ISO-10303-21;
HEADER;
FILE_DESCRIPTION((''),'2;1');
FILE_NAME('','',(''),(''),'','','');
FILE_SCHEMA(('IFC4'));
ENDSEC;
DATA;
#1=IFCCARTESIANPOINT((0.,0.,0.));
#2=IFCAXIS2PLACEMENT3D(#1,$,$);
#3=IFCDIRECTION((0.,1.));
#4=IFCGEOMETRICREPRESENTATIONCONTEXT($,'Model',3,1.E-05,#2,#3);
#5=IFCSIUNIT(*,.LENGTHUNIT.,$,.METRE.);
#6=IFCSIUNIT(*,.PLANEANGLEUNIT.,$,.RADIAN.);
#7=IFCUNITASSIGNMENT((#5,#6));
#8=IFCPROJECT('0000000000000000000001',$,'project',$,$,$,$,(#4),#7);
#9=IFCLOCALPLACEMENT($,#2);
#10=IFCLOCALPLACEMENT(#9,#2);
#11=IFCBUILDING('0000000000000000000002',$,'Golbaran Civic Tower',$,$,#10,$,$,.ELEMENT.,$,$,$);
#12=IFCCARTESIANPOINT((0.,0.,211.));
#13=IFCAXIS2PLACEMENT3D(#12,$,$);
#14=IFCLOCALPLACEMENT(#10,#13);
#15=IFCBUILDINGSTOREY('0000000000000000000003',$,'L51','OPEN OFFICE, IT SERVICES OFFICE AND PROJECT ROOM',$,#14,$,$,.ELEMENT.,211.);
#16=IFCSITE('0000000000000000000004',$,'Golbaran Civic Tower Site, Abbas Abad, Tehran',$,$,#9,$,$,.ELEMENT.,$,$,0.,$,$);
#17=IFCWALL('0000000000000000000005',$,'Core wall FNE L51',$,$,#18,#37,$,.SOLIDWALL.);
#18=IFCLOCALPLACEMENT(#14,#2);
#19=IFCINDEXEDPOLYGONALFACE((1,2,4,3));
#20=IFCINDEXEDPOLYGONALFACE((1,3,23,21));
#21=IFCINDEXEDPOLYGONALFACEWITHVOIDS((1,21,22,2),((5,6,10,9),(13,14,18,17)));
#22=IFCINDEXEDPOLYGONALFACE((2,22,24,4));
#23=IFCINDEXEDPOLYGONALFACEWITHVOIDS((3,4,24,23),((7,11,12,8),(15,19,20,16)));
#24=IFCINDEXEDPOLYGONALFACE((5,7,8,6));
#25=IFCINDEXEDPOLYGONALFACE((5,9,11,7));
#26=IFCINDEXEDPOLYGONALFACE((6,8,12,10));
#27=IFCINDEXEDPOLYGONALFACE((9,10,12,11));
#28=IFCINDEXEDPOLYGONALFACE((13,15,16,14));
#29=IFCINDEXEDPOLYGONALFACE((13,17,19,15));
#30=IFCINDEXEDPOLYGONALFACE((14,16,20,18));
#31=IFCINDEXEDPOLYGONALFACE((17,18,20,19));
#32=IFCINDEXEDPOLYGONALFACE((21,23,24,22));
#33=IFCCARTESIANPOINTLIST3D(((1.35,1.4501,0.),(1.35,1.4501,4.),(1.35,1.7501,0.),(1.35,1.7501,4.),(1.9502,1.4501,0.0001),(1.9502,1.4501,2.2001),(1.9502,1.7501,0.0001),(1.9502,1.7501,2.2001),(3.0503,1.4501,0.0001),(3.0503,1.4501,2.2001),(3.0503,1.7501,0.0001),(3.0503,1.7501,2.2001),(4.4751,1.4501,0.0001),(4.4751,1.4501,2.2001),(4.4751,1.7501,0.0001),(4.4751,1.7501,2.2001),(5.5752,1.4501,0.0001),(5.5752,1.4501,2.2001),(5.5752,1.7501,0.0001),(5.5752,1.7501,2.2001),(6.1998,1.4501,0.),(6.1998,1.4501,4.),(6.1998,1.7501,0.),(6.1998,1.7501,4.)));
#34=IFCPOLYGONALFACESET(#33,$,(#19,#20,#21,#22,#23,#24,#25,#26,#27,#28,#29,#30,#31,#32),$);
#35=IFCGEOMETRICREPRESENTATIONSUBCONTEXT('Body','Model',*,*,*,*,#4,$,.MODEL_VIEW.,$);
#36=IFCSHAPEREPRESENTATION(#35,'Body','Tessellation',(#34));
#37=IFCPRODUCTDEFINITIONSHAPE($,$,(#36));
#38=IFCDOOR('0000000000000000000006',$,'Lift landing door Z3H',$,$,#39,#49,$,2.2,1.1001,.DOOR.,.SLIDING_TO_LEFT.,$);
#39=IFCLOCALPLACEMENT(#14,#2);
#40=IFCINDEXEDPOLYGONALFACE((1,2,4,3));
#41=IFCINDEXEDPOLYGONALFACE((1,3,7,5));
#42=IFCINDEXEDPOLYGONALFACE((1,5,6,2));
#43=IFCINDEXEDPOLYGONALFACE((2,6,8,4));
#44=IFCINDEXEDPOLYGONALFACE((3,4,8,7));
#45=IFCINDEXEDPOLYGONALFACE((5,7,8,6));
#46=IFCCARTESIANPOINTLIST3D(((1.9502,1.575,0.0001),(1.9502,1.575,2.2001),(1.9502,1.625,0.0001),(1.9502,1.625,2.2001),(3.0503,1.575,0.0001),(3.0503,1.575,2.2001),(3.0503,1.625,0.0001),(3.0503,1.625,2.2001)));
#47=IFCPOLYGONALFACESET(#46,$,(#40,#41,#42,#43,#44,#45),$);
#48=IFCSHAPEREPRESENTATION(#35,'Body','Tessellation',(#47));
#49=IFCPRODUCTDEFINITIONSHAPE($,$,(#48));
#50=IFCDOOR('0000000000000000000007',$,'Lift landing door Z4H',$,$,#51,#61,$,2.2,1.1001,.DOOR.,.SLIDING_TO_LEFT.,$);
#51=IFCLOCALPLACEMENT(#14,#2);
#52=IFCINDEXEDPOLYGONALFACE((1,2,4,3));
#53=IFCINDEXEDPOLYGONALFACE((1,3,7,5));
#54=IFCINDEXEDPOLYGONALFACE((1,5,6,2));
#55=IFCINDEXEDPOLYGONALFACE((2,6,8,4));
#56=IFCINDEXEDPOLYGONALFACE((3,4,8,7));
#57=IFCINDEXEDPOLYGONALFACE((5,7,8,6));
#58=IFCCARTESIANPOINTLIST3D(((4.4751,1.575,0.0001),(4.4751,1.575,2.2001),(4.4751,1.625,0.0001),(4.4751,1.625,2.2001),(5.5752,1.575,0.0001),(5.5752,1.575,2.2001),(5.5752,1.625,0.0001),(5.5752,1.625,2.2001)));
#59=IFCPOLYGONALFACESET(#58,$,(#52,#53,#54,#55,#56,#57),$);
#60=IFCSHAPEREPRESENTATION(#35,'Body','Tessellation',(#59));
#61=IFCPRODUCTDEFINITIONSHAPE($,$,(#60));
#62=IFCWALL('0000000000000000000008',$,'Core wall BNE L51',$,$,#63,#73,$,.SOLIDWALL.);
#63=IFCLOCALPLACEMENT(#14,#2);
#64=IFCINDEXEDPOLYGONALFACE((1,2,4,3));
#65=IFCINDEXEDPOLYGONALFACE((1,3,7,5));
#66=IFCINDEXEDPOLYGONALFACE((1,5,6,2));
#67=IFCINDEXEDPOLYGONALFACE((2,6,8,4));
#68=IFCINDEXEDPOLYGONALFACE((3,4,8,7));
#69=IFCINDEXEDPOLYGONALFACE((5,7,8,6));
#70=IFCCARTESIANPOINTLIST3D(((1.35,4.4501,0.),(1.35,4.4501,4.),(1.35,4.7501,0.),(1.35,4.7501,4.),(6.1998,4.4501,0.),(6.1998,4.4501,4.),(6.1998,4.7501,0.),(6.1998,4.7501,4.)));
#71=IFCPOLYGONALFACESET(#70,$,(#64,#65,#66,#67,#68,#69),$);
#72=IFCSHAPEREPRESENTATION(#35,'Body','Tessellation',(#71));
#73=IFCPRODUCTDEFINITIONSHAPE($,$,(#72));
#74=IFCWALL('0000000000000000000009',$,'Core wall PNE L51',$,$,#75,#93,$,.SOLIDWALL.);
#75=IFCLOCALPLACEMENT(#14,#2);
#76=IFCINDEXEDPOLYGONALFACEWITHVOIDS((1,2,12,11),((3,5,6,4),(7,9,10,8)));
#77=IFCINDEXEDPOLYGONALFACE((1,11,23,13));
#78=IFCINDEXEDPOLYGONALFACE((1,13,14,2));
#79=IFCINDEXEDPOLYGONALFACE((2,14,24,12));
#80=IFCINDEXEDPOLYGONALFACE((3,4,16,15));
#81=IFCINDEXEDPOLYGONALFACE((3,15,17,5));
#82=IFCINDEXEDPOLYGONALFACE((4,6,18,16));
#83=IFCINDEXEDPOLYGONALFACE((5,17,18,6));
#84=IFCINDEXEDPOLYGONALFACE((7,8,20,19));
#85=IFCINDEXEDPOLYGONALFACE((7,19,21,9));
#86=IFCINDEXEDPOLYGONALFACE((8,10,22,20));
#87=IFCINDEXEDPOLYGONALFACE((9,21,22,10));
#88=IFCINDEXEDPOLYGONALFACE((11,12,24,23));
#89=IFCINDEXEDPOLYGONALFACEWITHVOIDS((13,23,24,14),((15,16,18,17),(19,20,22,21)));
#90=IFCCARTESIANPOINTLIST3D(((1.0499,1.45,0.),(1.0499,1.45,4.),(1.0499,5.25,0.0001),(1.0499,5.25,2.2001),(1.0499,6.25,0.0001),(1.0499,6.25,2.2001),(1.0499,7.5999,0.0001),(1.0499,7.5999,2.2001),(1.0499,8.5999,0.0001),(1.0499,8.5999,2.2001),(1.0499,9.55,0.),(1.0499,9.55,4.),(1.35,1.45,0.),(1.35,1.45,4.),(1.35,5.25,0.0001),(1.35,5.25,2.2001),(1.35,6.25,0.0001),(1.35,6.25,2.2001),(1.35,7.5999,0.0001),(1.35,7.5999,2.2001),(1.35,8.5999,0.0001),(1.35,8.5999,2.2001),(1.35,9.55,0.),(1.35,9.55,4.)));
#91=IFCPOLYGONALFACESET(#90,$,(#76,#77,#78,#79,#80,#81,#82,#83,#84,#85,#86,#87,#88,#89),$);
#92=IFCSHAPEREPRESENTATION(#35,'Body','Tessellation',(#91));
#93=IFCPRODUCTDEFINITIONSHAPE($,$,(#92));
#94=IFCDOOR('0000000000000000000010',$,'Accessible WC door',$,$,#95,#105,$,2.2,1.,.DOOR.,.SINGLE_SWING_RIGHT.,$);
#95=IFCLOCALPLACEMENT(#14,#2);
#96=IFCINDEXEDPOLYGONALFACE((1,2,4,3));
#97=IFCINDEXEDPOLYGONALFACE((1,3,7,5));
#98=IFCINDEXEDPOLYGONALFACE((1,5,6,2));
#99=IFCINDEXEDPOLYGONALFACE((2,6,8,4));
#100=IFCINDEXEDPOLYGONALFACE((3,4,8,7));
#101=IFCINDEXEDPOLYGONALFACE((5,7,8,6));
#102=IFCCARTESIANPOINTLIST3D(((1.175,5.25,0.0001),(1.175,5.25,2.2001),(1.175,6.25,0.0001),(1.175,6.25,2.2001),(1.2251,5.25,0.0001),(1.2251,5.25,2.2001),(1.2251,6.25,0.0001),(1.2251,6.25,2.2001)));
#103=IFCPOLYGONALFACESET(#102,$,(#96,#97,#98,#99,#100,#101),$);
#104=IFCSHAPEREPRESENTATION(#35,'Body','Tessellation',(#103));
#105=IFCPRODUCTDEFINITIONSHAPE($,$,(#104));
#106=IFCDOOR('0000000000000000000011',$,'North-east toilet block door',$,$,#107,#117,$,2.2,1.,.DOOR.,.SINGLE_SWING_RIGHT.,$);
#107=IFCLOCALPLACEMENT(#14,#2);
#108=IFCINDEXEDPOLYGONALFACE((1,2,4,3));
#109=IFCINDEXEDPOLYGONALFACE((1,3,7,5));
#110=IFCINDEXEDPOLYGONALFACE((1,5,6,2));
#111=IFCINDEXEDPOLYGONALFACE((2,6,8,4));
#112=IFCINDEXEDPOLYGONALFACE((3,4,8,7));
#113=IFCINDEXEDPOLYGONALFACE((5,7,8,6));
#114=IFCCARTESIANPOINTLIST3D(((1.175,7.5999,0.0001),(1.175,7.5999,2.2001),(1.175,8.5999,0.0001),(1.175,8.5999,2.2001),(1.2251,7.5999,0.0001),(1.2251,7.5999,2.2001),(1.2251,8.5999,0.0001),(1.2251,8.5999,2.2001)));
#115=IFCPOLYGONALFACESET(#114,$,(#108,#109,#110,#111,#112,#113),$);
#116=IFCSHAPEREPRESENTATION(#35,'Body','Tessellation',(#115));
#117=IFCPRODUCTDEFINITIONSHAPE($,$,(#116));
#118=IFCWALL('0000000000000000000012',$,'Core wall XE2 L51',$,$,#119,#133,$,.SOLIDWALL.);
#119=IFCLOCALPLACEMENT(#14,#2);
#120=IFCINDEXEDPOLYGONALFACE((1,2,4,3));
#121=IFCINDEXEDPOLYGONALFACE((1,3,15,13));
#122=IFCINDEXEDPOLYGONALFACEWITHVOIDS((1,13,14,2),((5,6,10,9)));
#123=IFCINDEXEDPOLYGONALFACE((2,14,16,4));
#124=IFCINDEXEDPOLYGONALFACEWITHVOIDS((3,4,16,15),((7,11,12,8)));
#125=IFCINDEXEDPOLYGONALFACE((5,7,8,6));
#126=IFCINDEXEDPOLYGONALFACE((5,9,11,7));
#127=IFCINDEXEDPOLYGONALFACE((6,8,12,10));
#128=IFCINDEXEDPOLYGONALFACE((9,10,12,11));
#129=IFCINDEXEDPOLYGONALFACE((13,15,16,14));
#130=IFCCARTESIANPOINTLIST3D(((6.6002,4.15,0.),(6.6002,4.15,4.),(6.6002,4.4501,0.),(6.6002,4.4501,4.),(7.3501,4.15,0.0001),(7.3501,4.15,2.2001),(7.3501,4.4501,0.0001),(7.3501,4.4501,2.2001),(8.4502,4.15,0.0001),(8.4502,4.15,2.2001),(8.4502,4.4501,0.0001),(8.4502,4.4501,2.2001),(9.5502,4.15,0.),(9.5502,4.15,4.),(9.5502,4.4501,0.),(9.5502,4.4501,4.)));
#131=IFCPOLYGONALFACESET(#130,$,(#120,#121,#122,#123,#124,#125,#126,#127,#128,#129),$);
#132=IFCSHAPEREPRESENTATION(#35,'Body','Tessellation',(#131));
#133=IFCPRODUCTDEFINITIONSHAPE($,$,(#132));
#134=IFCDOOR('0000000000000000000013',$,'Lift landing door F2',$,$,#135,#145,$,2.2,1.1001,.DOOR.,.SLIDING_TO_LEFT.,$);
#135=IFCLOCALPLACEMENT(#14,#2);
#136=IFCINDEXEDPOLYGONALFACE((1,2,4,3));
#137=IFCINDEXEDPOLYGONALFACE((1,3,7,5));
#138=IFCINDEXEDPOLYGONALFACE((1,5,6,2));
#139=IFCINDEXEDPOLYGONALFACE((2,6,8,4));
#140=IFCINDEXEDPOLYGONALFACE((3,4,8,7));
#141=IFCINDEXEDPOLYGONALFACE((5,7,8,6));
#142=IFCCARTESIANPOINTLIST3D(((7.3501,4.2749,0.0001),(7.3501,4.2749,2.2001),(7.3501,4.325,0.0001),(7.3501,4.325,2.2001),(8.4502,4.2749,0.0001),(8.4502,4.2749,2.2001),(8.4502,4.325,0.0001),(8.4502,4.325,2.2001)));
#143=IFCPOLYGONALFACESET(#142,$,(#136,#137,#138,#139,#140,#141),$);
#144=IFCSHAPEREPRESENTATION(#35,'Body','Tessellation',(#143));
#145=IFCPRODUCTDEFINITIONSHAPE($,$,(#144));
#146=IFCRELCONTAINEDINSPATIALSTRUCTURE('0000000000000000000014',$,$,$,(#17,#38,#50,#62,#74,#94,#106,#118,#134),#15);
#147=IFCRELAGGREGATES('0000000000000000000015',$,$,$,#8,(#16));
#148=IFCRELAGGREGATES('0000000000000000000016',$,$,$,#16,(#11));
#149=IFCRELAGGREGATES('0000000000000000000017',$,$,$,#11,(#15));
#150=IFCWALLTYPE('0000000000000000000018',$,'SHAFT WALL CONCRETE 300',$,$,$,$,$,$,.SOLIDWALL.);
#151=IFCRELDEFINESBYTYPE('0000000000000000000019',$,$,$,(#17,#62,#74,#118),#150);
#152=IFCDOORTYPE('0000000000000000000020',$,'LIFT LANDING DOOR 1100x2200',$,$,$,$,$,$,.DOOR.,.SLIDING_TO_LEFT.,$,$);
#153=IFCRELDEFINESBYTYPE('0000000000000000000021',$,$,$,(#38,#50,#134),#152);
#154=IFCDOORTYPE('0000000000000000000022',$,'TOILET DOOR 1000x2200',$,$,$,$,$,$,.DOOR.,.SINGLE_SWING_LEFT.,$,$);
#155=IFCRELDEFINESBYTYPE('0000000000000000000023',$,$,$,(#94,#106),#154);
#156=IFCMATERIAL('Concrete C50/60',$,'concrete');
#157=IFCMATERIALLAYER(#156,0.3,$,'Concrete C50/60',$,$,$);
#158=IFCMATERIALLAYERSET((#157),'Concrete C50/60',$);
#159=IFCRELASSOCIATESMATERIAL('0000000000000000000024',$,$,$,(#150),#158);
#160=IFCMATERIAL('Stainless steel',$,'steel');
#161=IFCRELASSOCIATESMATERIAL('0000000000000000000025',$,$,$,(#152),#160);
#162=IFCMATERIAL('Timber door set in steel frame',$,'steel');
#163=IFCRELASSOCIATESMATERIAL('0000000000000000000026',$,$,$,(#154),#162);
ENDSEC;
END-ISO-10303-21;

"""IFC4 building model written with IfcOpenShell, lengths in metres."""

from ifc_helpers import new_model, si_unit, direction, frame, frame_2d, origin, place, context, subcontext, project, spatial, rectangle, extrude, material, layer, layer_set, type_object, element, fill, save


model = new_model("IFC4")

# Units and contexts
model_context = context("Model", 3, precision=1e-05, world=origin(), true_north=direction((0.0, 1.0)))
body_context = subcontext(model_context, "Body", "Model", "MODEL_VIEW")
ifc_project = project(units=[si_unit("LENGTHUNIT", "METRE"), si_unit("PLANEANGLEUNIT", "RADIAN")], contexts=[model_context])

# Site, building, storey
site_placement = place(None, origin())
site = spatial("IfcSite", under=ifc_project, at=site_placement, Name="Golbaran Civic Tower Site, Abbas Abad, Tehran", CompositionType="ELEMENT", RefElevation=0.0)
building_placement = place(site_placement, origin())
building = spatial("IfcBuilding", under=site, at=building_placement, Name="Golbaran Civic Tower", CompositionType="ELEMENT")
storey_placement = place(building_placement, frame((0.0, 0.0, 211.0)))
storey = spatial("IfcBuildingStorey", under=building, at=storey_placement, Name="L51", Description="OPEN OFFICE, IT SERVICES OFFICE AND PROJECT ROOM", CompositionType="ELEMENT", Elevation=211.0)

# Shared definitions
ifc_material_1 = material(Name="Timber door set in steel frame", Category="steel")

# Wall, openings, doors
ifc_material_2 = material(Name="Concrete C50/60", Category="concrete")
ifc_layer_1 = layer(ifc_material_2, 0.3, Name="Concrete C50/60")
ifc_layer_set_1 = layer_set([ifc_layer_1], Name="Concrete C50/60")
wall_type_1 = type_object("IfcWallType", Name="SHAFT WALL CONCRETE 300", PredefinedType="SOLIDWALL", material=ifc_layer_set_1)
wall_1_placement = place(storey_placement, frame((1.3501, 1.6001, 0.0), z_axis=(0.0, 0.0, 1.0), x_axis=(1.0, 0.0, 0.0)))
wall_1 = element("IfcWall", 1, at=wall_1_placement, inside=storey, type_object=wall_type_1, Name="Core wall FNE L51", PredefinedType="SOLIDWALL", context=body_context, shape_type="SweptSolid", body=[
    extrude(rectangle(XDim=4.8499, YDim=0.3, at=frame_2d((2.4248, 0.0))), origin(), (0.0, 0.0, 1.0), 4.0),
])
opening_1_placement = place(wall_1_placement, frame((0.6001, 0.0, 0.0)))
opening_1 = element("IfcOpeningElement", 2, at=opening_1_placement, cuts=wall_1, PredefinedType="OPENING", context=body_context, shape_type="SweptSolid", body=[
    extrude(rectangle(XDim=1.1001, YDim=2.2, at=frame_2d((0.55, 1.1001))), frame((0.0, 0.1599, 0.0), z_axis=(0.0, -1.0, 0.0), x_axis=(1.0, 0.0, 0.0)), (0.0, 0.0, 1.0), 0.3201),
])
opening_2_placement = place(wall_1_placement, frame((3.125, 0.0, 0.0)))
opening_2 = element("IfcOpeningElement", 3, at=opening_2_placement, cuts=wall_1, PredefinedType="OPENING", context=body_context, shape_type="SweptSolid", body=[
    extrude(rectangle(XDim=1.1001, YDim=2.2, at=frame_2d((0.55, 1.1001))), frame((0.0, 0.1599, 0.0), z_axis=(0.0, -1.0, 0.0), x_axis=(1.0, 0.0, 0.0)), (0.0, 0.0, 1.0), 0.3201),
])
ifc_material_3 = material(Name="Stainless steel", Category="steel")
door_type_1 = type_object("IfcDoorType", Name="LIFT LANDING DOOR 1100x2200", OperationType="SLIDING_TO_LEFT", PredefinedType="DOOR", material=ifc_material_3)
door_1_placement = place(opening_1_placement, origin())
door_1 = element("IfcDoor", 4, at=door_1_placement, inside=storey, type_object=door_type_1, Name="Lift landing door Z3H", OperationType="SLIDING_TO_LEFT", OverallHeight=2.2, OverallWidth=1.1001, PredefinedType="DOOR", context=body_context, shape_type="SweptSolid", body=[
    extrude(rectangle(XDim=1.1001, YDim=2.2, at=frame_2d((0.55, 1.1001))), frame((0.0, 0.0249, 0.0), z_axis=(0.0, -1.0, 0.0), x_axis=(1.0, 0.0, 0.0)), (0.0, 0.0, 1.0), 0.05),
])
fill(opening_1, door_1)
door_2_placement = place(opening_2_placement, origin())
door_2 = element("IfcDoor", 5, at=door_2_placement, inside=storey, type_object=door_type_1, Name="Lift landing door Z4H", OperationType="SLIDING_TO_LEFT", OverallHeight=2.2, OverallWidth=1.1001, PredefinedType="DOOR", context=body_context, shape_type="SweptSolid", body=[
    extrude(rectangle(XDim=1.1001, YDim=2.2, at=frame_2d((0.55, 1.1001))), frame((0.0, 0.0249, 0.0), z_axis=(0.0, -1.0, 0.0), x_axis=(1.0, 0.0, 0.0)), (0.0, 0.0, 1.0), 0.05),
])
fill(opening_2, door_2)

# Wall
wall_2_placement = place(storey_placement, frame((1.3501, 4.6001, 0.0), z_axis=(0.0, 0.0, 1.0), x_axis=(1.0, 0.0, 0.0)))
element("IfcWall", 6, at=wall_2_placement, inside=storey, type_object=wall_type_1, Name="Core wall BNE L51", PredefinedType="SOLIDWALL", context=body_context, shape_type="SweptSolid", body=[
    extrude(rectangle(XDim=4.8499, YDim=0.3, at=frame_2d((2.4248, 0.0))), origin(), (0.0, 0.0, 1.0), 4.0),
])

# Wall, openings, doors
wall_3_placement = place(storey_placement, frame((1.2, 1.45, 0.0), z_axis=(0.0, 0.0, 1.0), x_axis=(0.0, 1.0, 0.0)))
wall_3 = element("IfcWall", 7, at=wall_3_placement, inside=storey, type_object=wall_type_1, Name="Core wall PNE L51", PredefinedType="SOLIDWALL", context=body_context, shape_type="SweptSolid", body=[
    extrude(rectangle(XDim=8.1001, YDim=0.3, at=frame_2d((4.05, 0.0))), origin(), (0.0, 0.0, 1.0), 4.0),
])
opening_3_placement = place(wall_3_placement, frame((3.8, 0.0, 0.0)))
opening_3 = element("IfcOpeningElement", 8, at=opening_3_placement, cuts=wall_3, PredefinedType="OPENING", context=body_context, shape_type="SweptSolid", body=[
    extrude(rectangle(XDim=1.0, YDim=2.2, at=frame_2d((0.5, 1.1001))), frame((0.0, 0.1599, 0.0), z_axis=(0.0, -1.0, 0.0), x_axis=(1.0, 0.0, 0.0)), (0.0, 0.0, 1.0), 0.3201),
])
opening_4_placement = place(wall_3_placement, frame((6.1499, 0.0, 0.0)))
opening_4 = element("IfcOpeningElement", 9, at=opening_4_placement, cuts=wall_3, PredefinedType="OPENING", context=body_context, shape_type="SweptSolid", body=[
    extrude(rectangle(XDim=1.0, YDim=2.2, at=frame_2d((0.5, 1.1001))), frame((0.0, 0.1599, 0.0), z_axis=(0.0, -1.0, 0.0), x_axis=(1.0, 0.0, 0.0)), (0.0, 0.0, 1.0), 0.3201),
])
door_type_2 = type_object("IfcDoorType", Name="TOILET DOOR 1000x2200", OperationType="SINGLE_SWING_LEFT", PredefinedType="DOOR", material=ifc_material_1)
door_3_placement = place(opening_3_placement, origin())
door_3 = element("IfcDoor", 10, at=door_3_placement, inside=storey, type_object=door_type_2, Name="Accessible WC door", OperationType="SINGLE_SWING_RIGHT", OverallHeight=2.2, OverallWidth=1.0, PredefinedType="DOOR", context=body_context, shape_type="SweptSolid", body=[
    extrude(rectangle(XDim=1.0, YDim=2.2, at=frame_2d((0.5, 1.1001))), frame((0.0, 0.0249, 0.0), z_axis=(0.0, -1.0, 0.0), x_axis=(1.0, 0.0, 0.0)), (0.0, 0.0, 1.0), 0.05),
])
fill(opening_3, door_3)
door_4_placement = place(opening_4_placement, origin())
door_4 = element("IfcDoor", 11, at=door_4_placement, inside=storey, type_object=door_type_2, Name="North-east toilet block door", OperationType="SINGLE_SWING_RIGHT", OverallHeight=2.2, OverallWidth=1.0, PredefinedType="DOOR", context=body_context, shape_type="SweptSolid", body=[
    extrude(rectangle(XDim=1.0, YDim=2.2, at=frame_2d((0.5, 1.1001))), frame((0.0, 0.0249, 0.0), z_axis=(0.0, -1.0, 0.0), x_axis=(1.0, 0.0, 0.0)), (0.0, 0.0, 1.0), 0.05),
])
fill(opening_4, door_4)

# Wall, opening, door
wall_4_placement = place(storey_placement, frame((6.6001, 4.3, 0.0), z_axis=(0.0, 0.0, 1.0), x_axis=(1.0, 0.0, 0.0)))
wall_4 = element("IfcWall", 12, at=wall_4_placement, inside=storey, type_object=wall_type_1, Name="Core wall XE2 L51", PredefinedType="SOLIDWALL", context=body_context, shape_type="SweptSolid", body=[
    extrude(rectangle(XDim=2.95, YDim=0.3, at=frame_2d((1.4751, 0.0))), origin(), (0.0, 0.0, 1.0), 4.0),
])
opening_5_placement = place(wall_4_placement, frame((0.75, 0.0, 0.0)))
opening_5 = element("IfcOpeningElement", 13, at=opening_5_placement, cuts=wall_4, PredefinedType="OPENING", context=body_context, shape_type="SweptSolid", body=[
    extrude(rectangle(XDim=1.1001, YDim=2.2, at=frame_2d((0.55, 1.1001))), frame((0.0, 0.1599, 0.0), z_axis=(0.0, -1.0, 0.0), x_axis=(1.0, 0.0, 0.0)), (0.0, 0.0, 1.0), 0.3201),
])
door_5_placement = place(opening_5_placement, origin())
door_5 = element("IfcDoor", 14, at=door_5_placement, inside=storey, type_object=door_type_1, Name="Lift landing door F2", OperationType="SLIDING_TO_LEFT", OverallHeight=2.2, OverallWidth=1.1001, PredefinedType="DOOR", context=body_context, shape_type="SweptSolid", body=[
    extrude(rectangle(XDim=1.1001, YDim=2.2, at=frame_2d((0.55, 1.1001))), frame((0.0, 0.0249, 0.0), z_axis=(0.0, -1.0, 0.0), x_axis=(1.0, 0.0, 0.0)), (0.0, 0.0, 1.0), 0.05),
])
fill(opening_5, door_5)

save(model, "model.ifc")
